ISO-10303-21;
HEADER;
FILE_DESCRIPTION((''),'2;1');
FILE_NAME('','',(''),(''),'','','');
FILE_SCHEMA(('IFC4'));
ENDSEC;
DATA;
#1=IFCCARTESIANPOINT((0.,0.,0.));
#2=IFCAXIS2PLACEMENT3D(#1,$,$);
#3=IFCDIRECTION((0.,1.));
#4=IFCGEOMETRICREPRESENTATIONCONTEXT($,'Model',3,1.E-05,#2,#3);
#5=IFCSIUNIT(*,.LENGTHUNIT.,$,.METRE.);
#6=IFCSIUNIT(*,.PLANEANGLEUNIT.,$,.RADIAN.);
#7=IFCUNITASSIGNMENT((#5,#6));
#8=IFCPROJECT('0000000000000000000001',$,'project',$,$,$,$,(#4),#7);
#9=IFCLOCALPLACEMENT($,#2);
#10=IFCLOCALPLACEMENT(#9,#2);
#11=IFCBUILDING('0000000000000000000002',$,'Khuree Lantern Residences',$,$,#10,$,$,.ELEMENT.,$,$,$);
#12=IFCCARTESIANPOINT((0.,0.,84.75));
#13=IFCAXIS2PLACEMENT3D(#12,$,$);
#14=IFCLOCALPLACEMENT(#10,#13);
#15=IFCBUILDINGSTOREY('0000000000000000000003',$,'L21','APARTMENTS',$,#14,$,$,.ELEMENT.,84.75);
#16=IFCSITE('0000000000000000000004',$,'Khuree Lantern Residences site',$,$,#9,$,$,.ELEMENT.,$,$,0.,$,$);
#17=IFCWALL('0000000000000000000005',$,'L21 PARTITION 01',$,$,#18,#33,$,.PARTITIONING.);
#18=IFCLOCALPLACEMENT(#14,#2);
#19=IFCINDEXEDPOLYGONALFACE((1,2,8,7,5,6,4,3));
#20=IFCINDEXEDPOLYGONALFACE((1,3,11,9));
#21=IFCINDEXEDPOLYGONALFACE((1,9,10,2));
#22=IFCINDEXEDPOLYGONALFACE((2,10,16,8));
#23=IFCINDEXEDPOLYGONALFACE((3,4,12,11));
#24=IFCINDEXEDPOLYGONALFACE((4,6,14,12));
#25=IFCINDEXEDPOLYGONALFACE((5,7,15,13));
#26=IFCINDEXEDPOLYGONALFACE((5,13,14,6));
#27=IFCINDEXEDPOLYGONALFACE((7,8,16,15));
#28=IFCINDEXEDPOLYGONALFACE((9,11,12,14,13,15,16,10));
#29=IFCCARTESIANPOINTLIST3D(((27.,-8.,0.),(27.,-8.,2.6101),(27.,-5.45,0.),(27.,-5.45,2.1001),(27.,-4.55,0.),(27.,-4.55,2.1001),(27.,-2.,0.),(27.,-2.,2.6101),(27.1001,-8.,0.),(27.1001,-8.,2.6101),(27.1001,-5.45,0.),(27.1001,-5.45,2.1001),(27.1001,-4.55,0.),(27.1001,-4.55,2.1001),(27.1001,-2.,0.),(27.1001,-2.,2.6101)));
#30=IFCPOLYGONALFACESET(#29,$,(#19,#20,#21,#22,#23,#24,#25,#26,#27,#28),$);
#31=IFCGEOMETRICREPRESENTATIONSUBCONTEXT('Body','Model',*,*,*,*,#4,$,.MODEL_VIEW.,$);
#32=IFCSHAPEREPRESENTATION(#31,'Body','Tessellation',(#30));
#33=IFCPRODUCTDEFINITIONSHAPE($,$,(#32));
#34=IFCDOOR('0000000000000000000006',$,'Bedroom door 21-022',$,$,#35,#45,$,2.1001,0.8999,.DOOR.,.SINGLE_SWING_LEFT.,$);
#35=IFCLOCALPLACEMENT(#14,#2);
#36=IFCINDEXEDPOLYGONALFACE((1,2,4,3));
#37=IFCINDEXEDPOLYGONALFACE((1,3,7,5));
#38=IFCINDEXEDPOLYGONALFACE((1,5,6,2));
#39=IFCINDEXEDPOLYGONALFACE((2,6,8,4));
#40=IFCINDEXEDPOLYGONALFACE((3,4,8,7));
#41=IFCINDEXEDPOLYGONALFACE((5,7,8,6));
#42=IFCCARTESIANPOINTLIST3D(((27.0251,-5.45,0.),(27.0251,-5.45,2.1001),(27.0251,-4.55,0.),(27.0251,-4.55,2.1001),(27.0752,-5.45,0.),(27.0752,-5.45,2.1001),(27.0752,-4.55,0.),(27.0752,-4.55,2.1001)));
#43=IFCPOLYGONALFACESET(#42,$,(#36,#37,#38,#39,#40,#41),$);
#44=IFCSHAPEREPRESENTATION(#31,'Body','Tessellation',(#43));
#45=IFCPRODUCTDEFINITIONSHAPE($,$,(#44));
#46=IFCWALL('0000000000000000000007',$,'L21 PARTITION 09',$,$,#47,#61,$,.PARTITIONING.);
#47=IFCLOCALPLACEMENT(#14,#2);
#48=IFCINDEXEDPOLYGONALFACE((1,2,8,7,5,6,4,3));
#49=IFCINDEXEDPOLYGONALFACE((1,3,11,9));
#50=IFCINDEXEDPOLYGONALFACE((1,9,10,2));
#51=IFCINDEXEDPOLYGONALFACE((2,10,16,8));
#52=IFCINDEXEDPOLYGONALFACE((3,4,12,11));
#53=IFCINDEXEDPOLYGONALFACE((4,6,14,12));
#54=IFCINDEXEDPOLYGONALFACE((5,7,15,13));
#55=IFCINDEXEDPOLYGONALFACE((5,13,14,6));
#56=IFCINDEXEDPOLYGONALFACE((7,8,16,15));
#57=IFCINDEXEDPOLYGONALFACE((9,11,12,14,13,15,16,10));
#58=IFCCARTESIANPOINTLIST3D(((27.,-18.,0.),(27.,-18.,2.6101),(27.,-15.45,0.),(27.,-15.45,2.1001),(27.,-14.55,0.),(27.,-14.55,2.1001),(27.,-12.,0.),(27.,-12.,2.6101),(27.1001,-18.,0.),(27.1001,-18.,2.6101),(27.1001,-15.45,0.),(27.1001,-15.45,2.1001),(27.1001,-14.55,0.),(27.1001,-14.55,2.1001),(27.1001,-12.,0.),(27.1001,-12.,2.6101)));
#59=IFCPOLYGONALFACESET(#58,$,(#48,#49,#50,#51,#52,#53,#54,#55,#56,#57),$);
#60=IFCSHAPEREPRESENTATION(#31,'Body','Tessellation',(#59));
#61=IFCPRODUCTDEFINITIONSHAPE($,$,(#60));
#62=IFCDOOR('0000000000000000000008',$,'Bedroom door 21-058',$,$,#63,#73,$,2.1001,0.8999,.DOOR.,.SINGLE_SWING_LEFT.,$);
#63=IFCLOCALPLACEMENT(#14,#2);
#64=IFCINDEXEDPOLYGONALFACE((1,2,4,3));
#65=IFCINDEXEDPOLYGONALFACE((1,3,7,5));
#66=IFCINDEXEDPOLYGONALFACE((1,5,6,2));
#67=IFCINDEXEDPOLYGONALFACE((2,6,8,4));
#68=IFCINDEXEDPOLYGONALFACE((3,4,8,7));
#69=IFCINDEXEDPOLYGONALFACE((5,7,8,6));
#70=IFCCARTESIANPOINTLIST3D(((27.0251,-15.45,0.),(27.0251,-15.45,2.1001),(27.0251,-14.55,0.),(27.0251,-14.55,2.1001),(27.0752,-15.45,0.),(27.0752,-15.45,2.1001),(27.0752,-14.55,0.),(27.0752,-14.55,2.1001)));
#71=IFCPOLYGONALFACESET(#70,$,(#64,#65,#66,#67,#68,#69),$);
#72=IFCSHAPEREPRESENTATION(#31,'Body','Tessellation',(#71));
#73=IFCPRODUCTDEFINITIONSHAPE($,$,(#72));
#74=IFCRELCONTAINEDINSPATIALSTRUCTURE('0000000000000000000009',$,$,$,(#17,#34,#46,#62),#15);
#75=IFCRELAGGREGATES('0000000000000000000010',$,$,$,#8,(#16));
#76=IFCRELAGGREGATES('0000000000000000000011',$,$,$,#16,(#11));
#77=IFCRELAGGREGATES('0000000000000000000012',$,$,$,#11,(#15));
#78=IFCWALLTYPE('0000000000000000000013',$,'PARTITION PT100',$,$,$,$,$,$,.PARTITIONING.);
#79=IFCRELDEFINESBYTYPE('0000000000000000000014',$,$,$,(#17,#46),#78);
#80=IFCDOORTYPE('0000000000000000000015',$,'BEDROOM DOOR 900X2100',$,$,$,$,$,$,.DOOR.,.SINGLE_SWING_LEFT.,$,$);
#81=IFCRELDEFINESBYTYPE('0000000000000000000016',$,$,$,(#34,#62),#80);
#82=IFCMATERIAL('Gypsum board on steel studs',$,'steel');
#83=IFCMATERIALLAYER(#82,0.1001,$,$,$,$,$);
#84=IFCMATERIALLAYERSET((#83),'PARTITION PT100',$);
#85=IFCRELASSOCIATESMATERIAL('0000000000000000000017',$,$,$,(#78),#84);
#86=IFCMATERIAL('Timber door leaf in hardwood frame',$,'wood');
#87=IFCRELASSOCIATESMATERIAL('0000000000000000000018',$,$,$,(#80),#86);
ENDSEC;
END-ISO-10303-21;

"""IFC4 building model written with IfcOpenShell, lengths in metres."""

from ifc_helpers import new_model, si_unit, direction, frame, frame_2d, origin, place, context, subcontext, project, spatial, rectangle, extrude, material, layer, layer_set, type_object, element, fill, save


model = new_model("IFC4")

# Units and contexts
model_context = context("Model", 3, precision=1e-05, world=origin(), true_north=direction((0.0, 1.0)))
body_context = subcontext(model_context, "Body", "Model", "MODEL_VIEW")
ifc_project = project(units=[si_unit("LENGTHUNIT", "METRE"), si_unit("PLANEANGLEUNIT", "RADIAN")], contexts=[model_context])

# Site, building, storey
site_placement = place(None, origin())
site = spatial("IfcSite", under=ifc_project, at=site_placement, Name="Khuree Lantern Residences site", CompositionType="ELEMENT", RefElevation=0.0)
building_placement = place(site_placement, origin())
building = spatial("IfcBuilding", under=site, at=building_placement, Name="Khuree Lantern Residences", CompositionType="ELEMENT")
storey_placement = place(building_placement, frame((0.0, 0.0, 84.75)))
storey = spatial("IfcBuildingStorey", under=building, at=storey_placement, Name="L21", Description="APARTMENTS", CompositionType="ELEMENT", Elevation=84.75)

# Shared definitions
ifc_material_1 = material(Name="Timber door leaf in hardwood frame", Category="wood")

# Shared definitions
ifc_material_2 = material(Name="Gypsum board on steel studs", Category="steel")
ifc_layer_1 = layer(ifc_material_2, 0.1001)
ifc_layer_set_1 = layer_set([ifc_layer_1], Name="PARTITION PT100")
wall_type_1 = type_object("IfcWallType", Name="PARTITION PT100", PredefinedType="PARTITIONING", material=ifc_layer_set_1)

# Walls, openings, doors
wall_1_placement = place(storey_placement, frame((27.05, -8.0, 0.0), z_axis=(0.0, 0.0, 1.0), x_axis=(0.0, 1.0, 0.0)))
wall_1 = element("IfcWall", 1, at=wall_1_placement, inside=storey, type_object=wall_type_1, Name="L21 PARTITION 01", PredefinedType="PARTITIONING", context=body_context, shape_type="SweptSolid", body=[
    extrude(rectangle(XDim=6.0, YDim=0.1001, at=frame_2d((3.0, 0.0))), origin(), (0.0, 0.0, 1.0), 2.6101),
])
opening_1_placement = place(wall_1_placement, frame((2.55, 0.0, 0.0)))
opening_1 = element("IfcOpeningElement", 2, at=opening_1_placement, cuts=wall_1, PredefinedType="OPENING", context=body_context, shape_type="SweptSolid", body=[
    extrude(rectangle(XDim=0.8999, YDim=2.1001, at=frame_2d((0.45, 1.05))), frame((0.0, 0.0601, 0.0), z_axis=(0.0, -1.0, 0.0), x_axis=(1.0, 0.0, 0.0)), (0.0, 0.0, 1.0), 0.1201),
])
door_type_1 = type_object("IfcDoorType", Name="BEDROOM DOOR 900X2100", OperationType="SINGLE_SWING_LEFT", PredefinedType="DOOR", material=ifc_material_1)
door_1_placement = place(opening_1_placement, origin())
door_1 = element("IfcDoor", 3, at=door_1_placement, inside=storey, type_object=door_type_1, Name="Bedroom door 21-022", OperationType="SINGLE_SWING_LEFT", OverallHeight=2.1001, OverallWidth=0.8999, PredefinedType="DOOR", context=body_context, shape_type="SweptSolid", body=[
    extrude(rectangle(XDim=0.8999, YDim=2.1001, at=frame_2d((0.45, 1.05))), frame((0.0, 0.0249, 0.0), z_axis=(0.0, -1.0, 0.0), x_axis=(1.0, 0.0, 0.0)), (0.0, 0.0, 1.0), 0.05),
])
fill(opening_1, door_1)
wall_2_placement = place(storey_placement, frame((27.05, -18.0, 0.0), z_axis=(0.0, 0.0, 1.0), x_axis=(0.0, 1.0, 0.0)))
wall_2 = element("IfcWall", 4, at=wall_2_placement, inside=storey, type_object=wall_type_1, Name="L21 PARTITION 09", PredefinedType="PARTITIONING", context=body_context, shape_type="SweptSolid", body=[
    extrude(rectangle(XDim=6.0, YDim=0.1001, at=frame_2d((3.0, 0.0))), origin(), (0.0, 0.0, 1.0), 2.6101),
])
opening_2_placement = place(wall_2_placement, frame((2.55, 0.0, 0.0)))
opening_2 = element("IfcOpeningElement", 5, at=opening_2_placement, cuts=wall_2, PredefinedType="OPENING", context=body_context, shape_type="SweptSolid", body=[
    extrude(rectangle(XDim=0.8999, YDim=2.1001, at=frame_2d((0.45, 1.05))), frame((0.0, 0.0601, 0.0), z_axis=(0.0, -1.0, 0.0), x_axis=(1.0, 0.0, 0.0)), (0.0, 0.0, 1.0), 0.1201),
])
door_2_placement = place(opening_2_placement, origin())
door_2 = element("IfcDoor", 6, at=door_2_placement, inside=storey, type_object=door_type_1, Name="Bedroom door 21-058", OperationType="SINGLE_SWING_LEFT", OverallHeight=2.1001, OverallWidth=0.8999, PredefinedType="DOOR", context=body_context, shape_type="SweptSolid", body=[
    extrude(rectangle(XDim=0.8999, YDim=2.1001, at=frame_2d((0.45, 1.05))), frame((0.0, 0.0249, 0.0), z_axis=(0.0, -1.0, 0.0), x_axis=(1.0, 0.0, 0.0)), (0.0, 0.0, 1.0), 0.05),
])
fill(opening_2, door_2)

save(model, "model.ifc")
